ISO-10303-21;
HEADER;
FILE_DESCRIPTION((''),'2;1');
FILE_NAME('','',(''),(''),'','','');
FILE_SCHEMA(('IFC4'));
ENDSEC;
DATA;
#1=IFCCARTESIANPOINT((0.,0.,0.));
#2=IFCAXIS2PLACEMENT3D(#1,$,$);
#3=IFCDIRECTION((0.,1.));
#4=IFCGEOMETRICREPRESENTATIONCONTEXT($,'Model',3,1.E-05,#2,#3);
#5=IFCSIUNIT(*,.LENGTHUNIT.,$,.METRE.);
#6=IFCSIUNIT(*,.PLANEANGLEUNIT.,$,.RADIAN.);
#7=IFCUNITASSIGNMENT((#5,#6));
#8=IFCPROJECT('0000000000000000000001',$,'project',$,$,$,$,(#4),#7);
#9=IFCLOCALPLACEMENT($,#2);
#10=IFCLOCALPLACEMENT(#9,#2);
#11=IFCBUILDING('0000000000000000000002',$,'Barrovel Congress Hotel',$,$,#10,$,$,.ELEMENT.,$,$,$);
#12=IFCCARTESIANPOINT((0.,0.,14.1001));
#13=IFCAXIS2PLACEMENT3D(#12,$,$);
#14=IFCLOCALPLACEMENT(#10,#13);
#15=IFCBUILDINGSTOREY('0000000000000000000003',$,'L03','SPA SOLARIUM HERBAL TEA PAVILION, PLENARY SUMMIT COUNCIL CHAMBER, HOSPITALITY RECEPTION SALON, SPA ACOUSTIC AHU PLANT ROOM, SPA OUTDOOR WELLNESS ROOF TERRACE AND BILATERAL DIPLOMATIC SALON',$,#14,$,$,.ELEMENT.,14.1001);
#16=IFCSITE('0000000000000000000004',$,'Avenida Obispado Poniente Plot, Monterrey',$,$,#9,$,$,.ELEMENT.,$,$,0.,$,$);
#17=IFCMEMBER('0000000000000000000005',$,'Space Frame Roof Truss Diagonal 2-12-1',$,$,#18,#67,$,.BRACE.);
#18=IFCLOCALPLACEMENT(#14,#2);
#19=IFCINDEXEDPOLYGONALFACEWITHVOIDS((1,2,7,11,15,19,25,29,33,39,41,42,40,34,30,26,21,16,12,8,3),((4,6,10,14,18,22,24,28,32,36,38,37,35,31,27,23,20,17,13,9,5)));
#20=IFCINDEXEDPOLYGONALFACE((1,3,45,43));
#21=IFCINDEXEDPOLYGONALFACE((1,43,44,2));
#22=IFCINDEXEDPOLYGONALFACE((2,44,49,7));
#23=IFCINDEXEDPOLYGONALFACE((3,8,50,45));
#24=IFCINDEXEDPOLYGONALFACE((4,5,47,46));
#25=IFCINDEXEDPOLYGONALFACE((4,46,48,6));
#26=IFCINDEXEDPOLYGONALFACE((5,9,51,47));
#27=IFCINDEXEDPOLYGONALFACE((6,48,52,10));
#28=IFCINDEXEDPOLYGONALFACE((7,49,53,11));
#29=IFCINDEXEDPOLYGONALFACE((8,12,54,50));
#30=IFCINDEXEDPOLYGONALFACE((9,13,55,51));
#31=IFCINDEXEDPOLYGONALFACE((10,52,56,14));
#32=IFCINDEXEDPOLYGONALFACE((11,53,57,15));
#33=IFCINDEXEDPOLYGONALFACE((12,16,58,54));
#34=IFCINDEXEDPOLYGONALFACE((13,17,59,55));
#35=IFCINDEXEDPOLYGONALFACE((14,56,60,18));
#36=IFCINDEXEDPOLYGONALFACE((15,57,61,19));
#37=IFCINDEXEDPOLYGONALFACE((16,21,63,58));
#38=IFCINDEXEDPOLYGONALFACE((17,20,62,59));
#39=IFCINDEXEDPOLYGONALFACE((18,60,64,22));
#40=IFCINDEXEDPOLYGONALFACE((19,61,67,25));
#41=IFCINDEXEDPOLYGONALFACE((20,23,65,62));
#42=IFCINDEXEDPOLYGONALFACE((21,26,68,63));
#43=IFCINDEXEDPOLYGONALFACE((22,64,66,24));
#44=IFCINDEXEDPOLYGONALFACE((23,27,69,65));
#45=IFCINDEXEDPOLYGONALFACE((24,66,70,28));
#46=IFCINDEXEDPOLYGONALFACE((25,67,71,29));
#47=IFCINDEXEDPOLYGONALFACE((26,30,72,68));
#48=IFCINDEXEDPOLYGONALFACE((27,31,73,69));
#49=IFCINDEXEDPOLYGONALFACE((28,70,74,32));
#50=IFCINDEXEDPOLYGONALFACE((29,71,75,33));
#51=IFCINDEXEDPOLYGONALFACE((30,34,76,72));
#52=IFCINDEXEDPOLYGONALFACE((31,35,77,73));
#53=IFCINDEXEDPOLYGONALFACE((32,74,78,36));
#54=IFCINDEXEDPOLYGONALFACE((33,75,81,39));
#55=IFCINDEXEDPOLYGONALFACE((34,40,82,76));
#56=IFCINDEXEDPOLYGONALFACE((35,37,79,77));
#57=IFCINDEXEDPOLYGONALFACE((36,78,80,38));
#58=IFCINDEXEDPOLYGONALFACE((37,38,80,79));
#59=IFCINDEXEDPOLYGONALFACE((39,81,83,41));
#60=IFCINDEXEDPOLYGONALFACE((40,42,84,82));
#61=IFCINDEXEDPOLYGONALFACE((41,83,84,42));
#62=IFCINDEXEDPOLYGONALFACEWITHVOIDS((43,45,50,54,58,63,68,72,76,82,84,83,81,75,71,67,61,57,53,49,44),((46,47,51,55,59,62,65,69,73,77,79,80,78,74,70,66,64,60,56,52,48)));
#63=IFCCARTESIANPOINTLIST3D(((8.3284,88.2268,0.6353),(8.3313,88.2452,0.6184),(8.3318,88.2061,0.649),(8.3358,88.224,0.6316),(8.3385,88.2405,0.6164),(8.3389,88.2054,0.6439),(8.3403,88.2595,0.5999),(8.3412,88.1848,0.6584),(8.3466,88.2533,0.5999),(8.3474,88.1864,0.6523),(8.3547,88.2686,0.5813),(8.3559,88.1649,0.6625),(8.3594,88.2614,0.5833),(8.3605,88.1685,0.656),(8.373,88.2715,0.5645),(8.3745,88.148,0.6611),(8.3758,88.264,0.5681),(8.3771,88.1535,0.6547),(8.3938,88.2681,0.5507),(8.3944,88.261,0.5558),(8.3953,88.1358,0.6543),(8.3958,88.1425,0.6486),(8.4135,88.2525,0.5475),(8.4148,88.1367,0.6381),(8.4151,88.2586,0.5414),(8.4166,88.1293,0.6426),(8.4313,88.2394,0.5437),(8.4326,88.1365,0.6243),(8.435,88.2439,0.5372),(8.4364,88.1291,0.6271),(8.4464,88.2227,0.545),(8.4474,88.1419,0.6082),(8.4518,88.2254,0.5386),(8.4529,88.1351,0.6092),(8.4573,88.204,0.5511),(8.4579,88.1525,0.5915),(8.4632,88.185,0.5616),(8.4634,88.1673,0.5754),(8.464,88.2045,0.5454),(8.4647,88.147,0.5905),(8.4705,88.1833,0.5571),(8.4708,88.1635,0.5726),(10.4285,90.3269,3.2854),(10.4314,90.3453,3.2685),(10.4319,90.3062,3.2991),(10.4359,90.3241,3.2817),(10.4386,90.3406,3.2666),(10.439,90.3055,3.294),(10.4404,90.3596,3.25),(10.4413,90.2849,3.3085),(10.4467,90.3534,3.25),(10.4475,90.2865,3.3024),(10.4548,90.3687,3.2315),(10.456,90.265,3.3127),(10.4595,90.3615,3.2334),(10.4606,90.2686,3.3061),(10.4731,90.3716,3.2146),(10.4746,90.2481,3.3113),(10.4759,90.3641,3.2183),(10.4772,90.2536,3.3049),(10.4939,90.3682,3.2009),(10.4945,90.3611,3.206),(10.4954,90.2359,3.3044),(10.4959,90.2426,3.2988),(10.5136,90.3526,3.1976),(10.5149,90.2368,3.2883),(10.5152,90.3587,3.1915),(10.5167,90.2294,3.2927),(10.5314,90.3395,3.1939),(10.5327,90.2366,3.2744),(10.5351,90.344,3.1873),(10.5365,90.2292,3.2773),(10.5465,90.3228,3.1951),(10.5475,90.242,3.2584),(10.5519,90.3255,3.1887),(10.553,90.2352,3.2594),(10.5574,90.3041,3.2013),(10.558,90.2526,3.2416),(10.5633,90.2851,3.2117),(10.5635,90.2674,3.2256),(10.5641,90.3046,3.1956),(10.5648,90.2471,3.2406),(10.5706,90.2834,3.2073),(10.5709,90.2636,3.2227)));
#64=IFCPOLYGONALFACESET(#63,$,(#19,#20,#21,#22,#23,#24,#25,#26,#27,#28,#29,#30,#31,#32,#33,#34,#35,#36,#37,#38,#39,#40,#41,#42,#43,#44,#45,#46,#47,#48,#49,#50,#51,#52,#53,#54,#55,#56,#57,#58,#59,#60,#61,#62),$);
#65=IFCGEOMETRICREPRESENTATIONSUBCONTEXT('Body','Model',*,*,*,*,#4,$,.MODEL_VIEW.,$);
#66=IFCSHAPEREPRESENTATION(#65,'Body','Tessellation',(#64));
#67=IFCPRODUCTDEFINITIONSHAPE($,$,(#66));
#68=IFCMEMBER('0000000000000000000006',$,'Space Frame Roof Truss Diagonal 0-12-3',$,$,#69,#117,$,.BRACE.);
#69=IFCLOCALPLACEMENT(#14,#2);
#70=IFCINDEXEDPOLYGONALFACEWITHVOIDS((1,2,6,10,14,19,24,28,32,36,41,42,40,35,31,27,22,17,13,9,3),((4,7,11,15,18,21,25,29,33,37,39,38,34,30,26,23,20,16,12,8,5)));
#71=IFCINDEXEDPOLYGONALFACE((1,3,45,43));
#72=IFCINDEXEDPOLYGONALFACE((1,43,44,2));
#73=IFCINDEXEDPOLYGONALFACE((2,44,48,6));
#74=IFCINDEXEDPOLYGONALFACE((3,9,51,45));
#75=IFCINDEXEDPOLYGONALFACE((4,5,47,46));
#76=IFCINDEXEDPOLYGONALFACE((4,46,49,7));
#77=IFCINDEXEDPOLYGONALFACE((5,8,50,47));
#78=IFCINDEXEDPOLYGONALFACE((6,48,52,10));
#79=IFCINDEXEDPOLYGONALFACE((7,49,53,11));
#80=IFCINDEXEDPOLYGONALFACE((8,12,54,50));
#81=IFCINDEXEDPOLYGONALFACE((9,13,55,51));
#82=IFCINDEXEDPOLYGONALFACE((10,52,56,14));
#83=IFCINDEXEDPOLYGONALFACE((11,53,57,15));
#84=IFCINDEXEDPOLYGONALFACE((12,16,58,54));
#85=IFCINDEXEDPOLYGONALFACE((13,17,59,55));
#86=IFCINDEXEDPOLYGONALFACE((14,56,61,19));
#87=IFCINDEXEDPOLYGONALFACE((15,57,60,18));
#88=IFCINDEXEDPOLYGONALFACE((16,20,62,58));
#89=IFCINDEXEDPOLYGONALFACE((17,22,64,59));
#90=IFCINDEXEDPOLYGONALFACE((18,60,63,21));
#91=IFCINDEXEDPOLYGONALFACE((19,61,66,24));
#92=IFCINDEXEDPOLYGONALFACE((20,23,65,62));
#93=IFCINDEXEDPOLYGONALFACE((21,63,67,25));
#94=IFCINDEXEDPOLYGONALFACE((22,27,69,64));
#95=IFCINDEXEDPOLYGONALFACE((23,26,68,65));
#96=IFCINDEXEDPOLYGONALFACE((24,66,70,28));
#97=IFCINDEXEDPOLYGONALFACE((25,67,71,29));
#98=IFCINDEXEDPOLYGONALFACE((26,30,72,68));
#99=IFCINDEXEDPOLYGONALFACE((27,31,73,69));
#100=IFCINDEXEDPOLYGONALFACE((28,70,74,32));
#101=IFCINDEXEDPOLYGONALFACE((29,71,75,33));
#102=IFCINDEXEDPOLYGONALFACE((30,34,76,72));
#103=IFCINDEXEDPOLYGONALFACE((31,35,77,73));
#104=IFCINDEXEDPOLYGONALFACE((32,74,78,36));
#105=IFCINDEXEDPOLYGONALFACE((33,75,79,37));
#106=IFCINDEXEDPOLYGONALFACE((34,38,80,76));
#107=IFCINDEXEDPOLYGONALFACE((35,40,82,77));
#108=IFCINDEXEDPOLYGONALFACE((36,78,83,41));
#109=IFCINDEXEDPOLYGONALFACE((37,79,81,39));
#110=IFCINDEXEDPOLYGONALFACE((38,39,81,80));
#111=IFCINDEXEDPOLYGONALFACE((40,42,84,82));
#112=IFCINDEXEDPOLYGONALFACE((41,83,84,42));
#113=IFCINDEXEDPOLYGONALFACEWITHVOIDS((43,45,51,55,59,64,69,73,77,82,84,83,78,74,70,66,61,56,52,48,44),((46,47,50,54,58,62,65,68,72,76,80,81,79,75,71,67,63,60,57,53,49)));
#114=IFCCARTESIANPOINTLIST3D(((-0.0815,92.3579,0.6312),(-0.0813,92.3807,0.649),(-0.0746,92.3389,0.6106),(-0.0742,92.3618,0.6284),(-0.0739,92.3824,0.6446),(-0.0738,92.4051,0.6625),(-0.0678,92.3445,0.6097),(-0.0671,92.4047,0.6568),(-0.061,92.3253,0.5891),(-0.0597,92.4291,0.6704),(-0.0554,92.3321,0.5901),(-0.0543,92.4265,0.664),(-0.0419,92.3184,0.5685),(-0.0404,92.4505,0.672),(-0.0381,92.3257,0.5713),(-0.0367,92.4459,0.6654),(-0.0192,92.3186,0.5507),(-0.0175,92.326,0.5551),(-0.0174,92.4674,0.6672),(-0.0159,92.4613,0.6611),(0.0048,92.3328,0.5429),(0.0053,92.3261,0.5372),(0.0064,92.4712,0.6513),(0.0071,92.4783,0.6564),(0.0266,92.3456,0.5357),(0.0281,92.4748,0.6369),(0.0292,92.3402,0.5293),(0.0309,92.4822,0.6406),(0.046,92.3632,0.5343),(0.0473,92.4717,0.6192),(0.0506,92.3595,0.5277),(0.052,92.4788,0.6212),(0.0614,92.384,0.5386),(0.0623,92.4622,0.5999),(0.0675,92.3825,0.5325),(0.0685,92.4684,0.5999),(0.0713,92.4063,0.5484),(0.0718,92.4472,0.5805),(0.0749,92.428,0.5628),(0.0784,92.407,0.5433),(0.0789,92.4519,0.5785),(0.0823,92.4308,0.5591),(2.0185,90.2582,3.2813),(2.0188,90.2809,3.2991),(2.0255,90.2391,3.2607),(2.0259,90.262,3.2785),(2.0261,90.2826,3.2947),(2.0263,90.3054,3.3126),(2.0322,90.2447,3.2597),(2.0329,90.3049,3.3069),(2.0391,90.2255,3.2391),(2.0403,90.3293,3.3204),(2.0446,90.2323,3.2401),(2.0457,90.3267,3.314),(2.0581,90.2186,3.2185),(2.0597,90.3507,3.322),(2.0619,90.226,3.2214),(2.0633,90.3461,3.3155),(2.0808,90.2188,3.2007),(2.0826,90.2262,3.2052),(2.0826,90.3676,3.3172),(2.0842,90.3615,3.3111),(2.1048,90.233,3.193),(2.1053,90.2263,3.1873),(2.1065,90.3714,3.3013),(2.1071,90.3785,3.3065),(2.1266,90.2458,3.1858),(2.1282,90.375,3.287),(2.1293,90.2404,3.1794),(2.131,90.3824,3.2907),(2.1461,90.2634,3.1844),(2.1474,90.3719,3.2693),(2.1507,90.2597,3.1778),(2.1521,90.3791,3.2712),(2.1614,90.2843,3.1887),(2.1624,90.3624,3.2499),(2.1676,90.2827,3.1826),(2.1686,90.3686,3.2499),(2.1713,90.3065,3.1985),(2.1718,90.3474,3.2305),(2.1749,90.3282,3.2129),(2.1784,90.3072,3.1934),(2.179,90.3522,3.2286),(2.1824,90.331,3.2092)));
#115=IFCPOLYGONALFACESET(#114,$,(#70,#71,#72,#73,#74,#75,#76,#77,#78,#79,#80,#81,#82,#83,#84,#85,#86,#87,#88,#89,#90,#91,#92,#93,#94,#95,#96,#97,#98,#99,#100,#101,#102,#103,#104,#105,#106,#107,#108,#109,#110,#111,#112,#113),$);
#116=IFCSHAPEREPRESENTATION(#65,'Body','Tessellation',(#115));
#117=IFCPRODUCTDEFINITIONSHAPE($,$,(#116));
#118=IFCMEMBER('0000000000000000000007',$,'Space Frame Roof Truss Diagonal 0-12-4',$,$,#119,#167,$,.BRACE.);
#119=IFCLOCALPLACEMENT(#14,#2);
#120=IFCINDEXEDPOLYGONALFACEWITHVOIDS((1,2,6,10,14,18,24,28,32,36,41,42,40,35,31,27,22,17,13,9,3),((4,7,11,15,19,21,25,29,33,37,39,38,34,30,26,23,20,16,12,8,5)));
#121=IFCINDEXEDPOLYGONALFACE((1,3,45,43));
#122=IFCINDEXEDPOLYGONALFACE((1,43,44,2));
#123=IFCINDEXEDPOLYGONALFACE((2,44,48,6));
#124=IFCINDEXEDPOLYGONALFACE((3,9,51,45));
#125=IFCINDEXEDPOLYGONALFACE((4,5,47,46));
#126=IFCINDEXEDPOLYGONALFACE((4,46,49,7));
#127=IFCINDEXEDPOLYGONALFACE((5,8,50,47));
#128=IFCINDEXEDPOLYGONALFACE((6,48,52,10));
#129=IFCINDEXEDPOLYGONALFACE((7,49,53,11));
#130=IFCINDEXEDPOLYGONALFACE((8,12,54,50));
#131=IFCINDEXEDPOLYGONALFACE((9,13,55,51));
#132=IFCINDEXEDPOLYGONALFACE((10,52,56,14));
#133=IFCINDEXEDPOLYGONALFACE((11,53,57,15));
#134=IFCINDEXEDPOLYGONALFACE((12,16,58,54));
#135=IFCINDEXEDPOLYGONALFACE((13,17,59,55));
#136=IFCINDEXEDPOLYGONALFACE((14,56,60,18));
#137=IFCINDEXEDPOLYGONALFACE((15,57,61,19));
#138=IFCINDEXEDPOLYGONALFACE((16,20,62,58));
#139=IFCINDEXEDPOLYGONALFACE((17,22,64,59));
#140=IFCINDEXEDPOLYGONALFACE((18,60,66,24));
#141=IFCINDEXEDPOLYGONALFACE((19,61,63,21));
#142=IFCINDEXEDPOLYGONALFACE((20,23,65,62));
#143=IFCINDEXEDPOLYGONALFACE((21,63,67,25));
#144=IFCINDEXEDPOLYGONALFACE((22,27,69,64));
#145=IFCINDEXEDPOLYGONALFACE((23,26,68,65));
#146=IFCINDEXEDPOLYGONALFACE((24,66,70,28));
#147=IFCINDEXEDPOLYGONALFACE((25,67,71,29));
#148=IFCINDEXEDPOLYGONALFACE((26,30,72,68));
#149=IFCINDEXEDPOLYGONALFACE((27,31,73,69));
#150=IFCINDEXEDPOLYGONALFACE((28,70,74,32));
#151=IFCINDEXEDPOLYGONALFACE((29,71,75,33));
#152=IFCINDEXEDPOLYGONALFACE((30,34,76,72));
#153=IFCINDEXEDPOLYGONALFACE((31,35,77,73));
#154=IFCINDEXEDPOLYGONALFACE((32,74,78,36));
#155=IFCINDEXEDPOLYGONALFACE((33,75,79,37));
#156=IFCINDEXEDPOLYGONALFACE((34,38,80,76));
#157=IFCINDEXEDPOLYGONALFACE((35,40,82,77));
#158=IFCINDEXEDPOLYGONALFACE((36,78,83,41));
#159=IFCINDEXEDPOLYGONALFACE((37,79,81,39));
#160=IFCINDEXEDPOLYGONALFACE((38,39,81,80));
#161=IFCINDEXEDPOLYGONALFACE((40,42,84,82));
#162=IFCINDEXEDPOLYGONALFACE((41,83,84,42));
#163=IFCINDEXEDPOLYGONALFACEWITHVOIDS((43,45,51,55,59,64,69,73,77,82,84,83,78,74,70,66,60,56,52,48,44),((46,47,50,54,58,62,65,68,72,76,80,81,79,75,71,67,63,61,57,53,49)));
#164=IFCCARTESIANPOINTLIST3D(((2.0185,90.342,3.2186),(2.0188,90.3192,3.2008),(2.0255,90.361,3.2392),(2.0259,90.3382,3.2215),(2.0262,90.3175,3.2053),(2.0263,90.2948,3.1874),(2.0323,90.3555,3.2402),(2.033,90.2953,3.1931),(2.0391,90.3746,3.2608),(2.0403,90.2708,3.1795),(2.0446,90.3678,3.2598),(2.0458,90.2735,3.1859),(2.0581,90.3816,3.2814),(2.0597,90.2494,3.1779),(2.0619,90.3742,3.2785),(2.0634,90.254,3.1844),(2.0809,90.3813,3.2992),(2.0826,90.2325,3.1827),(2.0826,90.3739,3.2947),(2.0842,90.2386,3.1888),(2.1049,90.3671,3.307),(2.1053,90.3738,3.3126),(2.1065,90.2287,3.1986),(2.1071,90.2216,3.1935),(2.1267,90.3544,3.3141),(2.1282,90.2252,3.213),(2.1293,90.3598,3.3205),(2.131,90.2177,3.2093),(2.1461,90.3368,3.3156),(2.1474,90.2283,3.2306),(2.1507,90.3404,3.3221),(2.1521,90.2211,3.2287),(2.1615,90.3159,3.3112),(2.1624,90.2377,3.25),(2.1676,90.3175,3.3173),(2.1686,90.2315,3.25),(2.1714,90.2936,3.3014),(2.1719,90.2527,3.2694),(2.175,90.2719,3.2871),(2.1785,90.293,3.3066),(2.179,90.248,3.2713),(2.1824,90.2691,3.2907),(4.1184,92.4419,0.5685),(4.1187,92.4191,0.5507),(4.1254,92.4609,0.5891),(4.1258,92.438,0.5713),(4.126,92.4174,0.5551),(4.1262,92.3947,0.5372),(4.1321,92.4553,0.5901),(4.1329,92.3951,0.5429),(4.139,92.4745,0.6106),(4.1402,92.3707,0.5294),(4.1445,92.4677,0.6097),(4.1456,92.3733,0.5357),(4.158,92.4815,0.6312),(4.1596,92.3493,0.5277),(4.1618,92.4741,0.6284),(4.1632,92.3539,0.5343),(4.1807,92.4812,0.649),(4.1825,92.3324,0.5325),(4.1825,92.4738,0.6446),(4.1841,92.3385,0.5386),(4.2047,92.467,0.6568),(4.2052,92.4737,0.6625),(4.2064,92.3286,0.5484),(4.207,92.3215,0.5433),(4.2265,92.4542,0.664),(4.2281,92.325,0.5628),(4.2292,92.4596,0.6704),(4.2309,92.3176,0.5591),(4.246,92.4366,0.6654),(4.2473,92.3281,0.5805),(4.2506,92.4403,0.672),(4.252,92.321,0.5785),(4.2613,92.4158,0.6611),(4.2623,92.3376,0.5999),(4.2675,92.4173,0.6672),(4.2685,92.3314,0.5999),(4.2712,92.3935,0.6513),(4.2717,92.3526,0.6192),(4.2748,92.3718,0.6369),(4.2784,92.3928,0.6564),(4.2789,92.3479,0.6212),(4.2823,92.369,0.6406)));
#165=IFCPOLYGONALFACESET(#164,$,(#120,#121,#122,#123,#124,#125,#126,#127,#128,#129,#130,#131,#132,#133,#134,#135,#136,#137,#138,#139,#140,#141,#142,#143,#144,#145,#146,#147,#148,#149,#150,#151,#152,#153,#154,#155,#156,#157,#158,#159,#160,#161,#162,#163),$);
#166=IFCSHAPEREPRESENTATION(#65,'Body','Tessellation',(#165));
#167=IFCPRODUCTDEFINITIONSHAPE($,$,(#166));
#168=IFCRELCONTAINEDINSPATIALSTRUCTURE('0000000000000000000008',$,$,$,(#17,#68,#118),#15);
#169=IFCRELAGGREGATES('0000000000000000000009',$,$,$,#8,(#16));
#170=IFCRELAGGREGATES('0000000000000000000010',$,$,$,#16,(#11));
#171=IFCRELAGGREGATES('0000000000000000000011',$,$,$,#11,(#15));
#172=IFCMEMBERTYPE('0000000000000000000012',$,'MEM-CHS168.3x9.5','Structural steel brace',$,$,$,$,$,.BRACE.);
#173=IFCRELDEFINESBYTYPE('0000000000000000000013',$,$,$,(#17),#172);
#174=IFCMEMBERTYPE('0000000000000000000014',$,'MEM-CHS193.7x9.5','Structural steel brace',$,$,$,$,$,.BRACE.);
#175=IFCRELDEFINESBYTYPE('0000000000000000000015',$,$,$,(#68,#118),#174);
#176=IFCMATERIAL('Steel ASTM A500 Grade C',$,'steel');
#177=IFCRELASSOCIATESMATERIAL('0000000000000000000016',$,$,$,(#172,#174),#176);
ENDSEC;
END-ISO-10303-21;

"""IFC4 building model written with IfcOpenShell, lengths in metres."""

from ifc_helpers import new_model, si_unit, direction, frame, origin, origin_2d, place, context, subcontext, project, spatial, hollow_circle, extrude, material, material_profile, profile_set, type_object, element, save


model = new_model("IFC4")

# Units and contexts
model_context = context("Model", 3, precision=1e-05, world=origin(), true_north=direction((0.0, 1.0)))
body_context = subcontext(model_context, "Body", "Model", "MODEL_VIEW")
ifc_project = project(units=[si_unit("LENGTHUNIT", "METRE"), si_unit("PLANEANGLEUNIT", "RADIAN")], contexts=[model_context])

# Site, building, storey
site_placement = place(None, origin())
site = spatial("IfcSite", under=ifc_project, at=site_placement, Name="Avenida Obispado Poniente Plot, Monterrey", CompositionType="ELEMENT", RefElevation=0.0)
building_placement = place(site_placement, origin())
building = spatial("IfcBuilding", under=site, at=building_placement, Name="Barrovel Congress Hotel", CompositionType="ELEMENT")
storey_placement = place(building_placement, frame((0.0, 0.0, 14.1001)))
storey = spatial("IfcBuildingStorey", under=building, at=storey_placement, Name="L03", Description="SPA SOLARIUM HERBAL TEA PAVILION, PLENARY SUMMIT COUNCIL CHAMBER, HOSPITALITY RECEPTION SALON, SPA ACOUSTIC AHU PLANT ROOM, SPA OUTDOOR WELLNESS ROOF TERRACE AND BILATERAL DIPLOMATIC SALON", CompositionType="ELEMENT", Elevation=14.1001)

# Members
ifc_material_1 = material(Name="Steel ASTM A500 Grade C", Category="steel")
ifc_material_profile_1 = material_profile(ifc_material_1, hollow_circle(Radius=0.0842, WallThickness=0.0088, at=origin_2d()), Name="CHS168.3x9.5")
ifc_profile_set_1 = profile_set([ifc_material_profile_1], Name="Steel ASTM A500 Grade C")
member_type_1 = type_object("IfcMemberType", Name="MEM-CHS168.3x9.5", Description="Structural steel brace", PredefinedType="BRACE", material=ifc_profile_set_1)
for number, where, z_axis, x_axis, name in (
    (1, (8.3999, 88.2, 0.5999), (0.527601, 0.527601, 0.665788), (-0.707107, 0.707107, 0.0), "Space Frame Roof Truss Diagonal 2-12-1"),
):
    element("IfcMember", number, at=place(storey_placement, frame(where, z_axis=z_axis, x_axis=x_axis)), inside=storey, type_object=member_type_1, Name=name, PredefinedType="BRACE", context=body_context, shape_type="SweptSolid", body=[
        extrude(hollow_circle(Radius=0.0842, WallThickness=0.0088, at=origin_2d()), origin(), (0.0, 0.0, 1.0), 3.9805),
    ])
ifc_material_profile_2 = material_profile(ifc_material_1, hollow_circle(Radius=0.0969, WallThickness=0.0088, at=origin_2d()), Name="CHS193.7x9.5")
ifc_profile_set_2 = profile_set([ifc_material_profile_2], Name="Steel ASTM A500 Grade C")
member_type_2 = type_object("IfcMemberType", Name="MEM-CHS193.7x9.5", Description="Structural steel brace", PredefinedType="BRACE", material=ifc_profile_set_2)
for number, where, z_axis, x_axis, name in (
    (2, (0.0, 92.3999, 0.5999), (0.527618, -0.527557, 0.66581), (0.707066, 0.707148, 0.0), "Space Frame Roof Truss Diagonal 0-12-3"),
    (3, (4.2, 92.3999, 0.5999), (-0.527574, -0.527574, 0.665831), (0.707107, -0.707107, 0.0), "Space Frame Roof Truss Diagonal 0-12-4"),
):
    element("IfcMember", number, at=place(storey_placement, frame(where, z_axis=z_axis, x_axis=x_axis)), inside=storey, type_object=member_type_2, Name=name, PredefinedType="BRACE", context=body_context, shape_type="SweptSolid", body=[
        extrude(hollow_circle(Radius=0.0969, WallThickness=0.0088, at=origin_2d()), origin(), (0.0, 0.0, 1.0), 3.9802),
    ])

save(model, "model.ifc")
